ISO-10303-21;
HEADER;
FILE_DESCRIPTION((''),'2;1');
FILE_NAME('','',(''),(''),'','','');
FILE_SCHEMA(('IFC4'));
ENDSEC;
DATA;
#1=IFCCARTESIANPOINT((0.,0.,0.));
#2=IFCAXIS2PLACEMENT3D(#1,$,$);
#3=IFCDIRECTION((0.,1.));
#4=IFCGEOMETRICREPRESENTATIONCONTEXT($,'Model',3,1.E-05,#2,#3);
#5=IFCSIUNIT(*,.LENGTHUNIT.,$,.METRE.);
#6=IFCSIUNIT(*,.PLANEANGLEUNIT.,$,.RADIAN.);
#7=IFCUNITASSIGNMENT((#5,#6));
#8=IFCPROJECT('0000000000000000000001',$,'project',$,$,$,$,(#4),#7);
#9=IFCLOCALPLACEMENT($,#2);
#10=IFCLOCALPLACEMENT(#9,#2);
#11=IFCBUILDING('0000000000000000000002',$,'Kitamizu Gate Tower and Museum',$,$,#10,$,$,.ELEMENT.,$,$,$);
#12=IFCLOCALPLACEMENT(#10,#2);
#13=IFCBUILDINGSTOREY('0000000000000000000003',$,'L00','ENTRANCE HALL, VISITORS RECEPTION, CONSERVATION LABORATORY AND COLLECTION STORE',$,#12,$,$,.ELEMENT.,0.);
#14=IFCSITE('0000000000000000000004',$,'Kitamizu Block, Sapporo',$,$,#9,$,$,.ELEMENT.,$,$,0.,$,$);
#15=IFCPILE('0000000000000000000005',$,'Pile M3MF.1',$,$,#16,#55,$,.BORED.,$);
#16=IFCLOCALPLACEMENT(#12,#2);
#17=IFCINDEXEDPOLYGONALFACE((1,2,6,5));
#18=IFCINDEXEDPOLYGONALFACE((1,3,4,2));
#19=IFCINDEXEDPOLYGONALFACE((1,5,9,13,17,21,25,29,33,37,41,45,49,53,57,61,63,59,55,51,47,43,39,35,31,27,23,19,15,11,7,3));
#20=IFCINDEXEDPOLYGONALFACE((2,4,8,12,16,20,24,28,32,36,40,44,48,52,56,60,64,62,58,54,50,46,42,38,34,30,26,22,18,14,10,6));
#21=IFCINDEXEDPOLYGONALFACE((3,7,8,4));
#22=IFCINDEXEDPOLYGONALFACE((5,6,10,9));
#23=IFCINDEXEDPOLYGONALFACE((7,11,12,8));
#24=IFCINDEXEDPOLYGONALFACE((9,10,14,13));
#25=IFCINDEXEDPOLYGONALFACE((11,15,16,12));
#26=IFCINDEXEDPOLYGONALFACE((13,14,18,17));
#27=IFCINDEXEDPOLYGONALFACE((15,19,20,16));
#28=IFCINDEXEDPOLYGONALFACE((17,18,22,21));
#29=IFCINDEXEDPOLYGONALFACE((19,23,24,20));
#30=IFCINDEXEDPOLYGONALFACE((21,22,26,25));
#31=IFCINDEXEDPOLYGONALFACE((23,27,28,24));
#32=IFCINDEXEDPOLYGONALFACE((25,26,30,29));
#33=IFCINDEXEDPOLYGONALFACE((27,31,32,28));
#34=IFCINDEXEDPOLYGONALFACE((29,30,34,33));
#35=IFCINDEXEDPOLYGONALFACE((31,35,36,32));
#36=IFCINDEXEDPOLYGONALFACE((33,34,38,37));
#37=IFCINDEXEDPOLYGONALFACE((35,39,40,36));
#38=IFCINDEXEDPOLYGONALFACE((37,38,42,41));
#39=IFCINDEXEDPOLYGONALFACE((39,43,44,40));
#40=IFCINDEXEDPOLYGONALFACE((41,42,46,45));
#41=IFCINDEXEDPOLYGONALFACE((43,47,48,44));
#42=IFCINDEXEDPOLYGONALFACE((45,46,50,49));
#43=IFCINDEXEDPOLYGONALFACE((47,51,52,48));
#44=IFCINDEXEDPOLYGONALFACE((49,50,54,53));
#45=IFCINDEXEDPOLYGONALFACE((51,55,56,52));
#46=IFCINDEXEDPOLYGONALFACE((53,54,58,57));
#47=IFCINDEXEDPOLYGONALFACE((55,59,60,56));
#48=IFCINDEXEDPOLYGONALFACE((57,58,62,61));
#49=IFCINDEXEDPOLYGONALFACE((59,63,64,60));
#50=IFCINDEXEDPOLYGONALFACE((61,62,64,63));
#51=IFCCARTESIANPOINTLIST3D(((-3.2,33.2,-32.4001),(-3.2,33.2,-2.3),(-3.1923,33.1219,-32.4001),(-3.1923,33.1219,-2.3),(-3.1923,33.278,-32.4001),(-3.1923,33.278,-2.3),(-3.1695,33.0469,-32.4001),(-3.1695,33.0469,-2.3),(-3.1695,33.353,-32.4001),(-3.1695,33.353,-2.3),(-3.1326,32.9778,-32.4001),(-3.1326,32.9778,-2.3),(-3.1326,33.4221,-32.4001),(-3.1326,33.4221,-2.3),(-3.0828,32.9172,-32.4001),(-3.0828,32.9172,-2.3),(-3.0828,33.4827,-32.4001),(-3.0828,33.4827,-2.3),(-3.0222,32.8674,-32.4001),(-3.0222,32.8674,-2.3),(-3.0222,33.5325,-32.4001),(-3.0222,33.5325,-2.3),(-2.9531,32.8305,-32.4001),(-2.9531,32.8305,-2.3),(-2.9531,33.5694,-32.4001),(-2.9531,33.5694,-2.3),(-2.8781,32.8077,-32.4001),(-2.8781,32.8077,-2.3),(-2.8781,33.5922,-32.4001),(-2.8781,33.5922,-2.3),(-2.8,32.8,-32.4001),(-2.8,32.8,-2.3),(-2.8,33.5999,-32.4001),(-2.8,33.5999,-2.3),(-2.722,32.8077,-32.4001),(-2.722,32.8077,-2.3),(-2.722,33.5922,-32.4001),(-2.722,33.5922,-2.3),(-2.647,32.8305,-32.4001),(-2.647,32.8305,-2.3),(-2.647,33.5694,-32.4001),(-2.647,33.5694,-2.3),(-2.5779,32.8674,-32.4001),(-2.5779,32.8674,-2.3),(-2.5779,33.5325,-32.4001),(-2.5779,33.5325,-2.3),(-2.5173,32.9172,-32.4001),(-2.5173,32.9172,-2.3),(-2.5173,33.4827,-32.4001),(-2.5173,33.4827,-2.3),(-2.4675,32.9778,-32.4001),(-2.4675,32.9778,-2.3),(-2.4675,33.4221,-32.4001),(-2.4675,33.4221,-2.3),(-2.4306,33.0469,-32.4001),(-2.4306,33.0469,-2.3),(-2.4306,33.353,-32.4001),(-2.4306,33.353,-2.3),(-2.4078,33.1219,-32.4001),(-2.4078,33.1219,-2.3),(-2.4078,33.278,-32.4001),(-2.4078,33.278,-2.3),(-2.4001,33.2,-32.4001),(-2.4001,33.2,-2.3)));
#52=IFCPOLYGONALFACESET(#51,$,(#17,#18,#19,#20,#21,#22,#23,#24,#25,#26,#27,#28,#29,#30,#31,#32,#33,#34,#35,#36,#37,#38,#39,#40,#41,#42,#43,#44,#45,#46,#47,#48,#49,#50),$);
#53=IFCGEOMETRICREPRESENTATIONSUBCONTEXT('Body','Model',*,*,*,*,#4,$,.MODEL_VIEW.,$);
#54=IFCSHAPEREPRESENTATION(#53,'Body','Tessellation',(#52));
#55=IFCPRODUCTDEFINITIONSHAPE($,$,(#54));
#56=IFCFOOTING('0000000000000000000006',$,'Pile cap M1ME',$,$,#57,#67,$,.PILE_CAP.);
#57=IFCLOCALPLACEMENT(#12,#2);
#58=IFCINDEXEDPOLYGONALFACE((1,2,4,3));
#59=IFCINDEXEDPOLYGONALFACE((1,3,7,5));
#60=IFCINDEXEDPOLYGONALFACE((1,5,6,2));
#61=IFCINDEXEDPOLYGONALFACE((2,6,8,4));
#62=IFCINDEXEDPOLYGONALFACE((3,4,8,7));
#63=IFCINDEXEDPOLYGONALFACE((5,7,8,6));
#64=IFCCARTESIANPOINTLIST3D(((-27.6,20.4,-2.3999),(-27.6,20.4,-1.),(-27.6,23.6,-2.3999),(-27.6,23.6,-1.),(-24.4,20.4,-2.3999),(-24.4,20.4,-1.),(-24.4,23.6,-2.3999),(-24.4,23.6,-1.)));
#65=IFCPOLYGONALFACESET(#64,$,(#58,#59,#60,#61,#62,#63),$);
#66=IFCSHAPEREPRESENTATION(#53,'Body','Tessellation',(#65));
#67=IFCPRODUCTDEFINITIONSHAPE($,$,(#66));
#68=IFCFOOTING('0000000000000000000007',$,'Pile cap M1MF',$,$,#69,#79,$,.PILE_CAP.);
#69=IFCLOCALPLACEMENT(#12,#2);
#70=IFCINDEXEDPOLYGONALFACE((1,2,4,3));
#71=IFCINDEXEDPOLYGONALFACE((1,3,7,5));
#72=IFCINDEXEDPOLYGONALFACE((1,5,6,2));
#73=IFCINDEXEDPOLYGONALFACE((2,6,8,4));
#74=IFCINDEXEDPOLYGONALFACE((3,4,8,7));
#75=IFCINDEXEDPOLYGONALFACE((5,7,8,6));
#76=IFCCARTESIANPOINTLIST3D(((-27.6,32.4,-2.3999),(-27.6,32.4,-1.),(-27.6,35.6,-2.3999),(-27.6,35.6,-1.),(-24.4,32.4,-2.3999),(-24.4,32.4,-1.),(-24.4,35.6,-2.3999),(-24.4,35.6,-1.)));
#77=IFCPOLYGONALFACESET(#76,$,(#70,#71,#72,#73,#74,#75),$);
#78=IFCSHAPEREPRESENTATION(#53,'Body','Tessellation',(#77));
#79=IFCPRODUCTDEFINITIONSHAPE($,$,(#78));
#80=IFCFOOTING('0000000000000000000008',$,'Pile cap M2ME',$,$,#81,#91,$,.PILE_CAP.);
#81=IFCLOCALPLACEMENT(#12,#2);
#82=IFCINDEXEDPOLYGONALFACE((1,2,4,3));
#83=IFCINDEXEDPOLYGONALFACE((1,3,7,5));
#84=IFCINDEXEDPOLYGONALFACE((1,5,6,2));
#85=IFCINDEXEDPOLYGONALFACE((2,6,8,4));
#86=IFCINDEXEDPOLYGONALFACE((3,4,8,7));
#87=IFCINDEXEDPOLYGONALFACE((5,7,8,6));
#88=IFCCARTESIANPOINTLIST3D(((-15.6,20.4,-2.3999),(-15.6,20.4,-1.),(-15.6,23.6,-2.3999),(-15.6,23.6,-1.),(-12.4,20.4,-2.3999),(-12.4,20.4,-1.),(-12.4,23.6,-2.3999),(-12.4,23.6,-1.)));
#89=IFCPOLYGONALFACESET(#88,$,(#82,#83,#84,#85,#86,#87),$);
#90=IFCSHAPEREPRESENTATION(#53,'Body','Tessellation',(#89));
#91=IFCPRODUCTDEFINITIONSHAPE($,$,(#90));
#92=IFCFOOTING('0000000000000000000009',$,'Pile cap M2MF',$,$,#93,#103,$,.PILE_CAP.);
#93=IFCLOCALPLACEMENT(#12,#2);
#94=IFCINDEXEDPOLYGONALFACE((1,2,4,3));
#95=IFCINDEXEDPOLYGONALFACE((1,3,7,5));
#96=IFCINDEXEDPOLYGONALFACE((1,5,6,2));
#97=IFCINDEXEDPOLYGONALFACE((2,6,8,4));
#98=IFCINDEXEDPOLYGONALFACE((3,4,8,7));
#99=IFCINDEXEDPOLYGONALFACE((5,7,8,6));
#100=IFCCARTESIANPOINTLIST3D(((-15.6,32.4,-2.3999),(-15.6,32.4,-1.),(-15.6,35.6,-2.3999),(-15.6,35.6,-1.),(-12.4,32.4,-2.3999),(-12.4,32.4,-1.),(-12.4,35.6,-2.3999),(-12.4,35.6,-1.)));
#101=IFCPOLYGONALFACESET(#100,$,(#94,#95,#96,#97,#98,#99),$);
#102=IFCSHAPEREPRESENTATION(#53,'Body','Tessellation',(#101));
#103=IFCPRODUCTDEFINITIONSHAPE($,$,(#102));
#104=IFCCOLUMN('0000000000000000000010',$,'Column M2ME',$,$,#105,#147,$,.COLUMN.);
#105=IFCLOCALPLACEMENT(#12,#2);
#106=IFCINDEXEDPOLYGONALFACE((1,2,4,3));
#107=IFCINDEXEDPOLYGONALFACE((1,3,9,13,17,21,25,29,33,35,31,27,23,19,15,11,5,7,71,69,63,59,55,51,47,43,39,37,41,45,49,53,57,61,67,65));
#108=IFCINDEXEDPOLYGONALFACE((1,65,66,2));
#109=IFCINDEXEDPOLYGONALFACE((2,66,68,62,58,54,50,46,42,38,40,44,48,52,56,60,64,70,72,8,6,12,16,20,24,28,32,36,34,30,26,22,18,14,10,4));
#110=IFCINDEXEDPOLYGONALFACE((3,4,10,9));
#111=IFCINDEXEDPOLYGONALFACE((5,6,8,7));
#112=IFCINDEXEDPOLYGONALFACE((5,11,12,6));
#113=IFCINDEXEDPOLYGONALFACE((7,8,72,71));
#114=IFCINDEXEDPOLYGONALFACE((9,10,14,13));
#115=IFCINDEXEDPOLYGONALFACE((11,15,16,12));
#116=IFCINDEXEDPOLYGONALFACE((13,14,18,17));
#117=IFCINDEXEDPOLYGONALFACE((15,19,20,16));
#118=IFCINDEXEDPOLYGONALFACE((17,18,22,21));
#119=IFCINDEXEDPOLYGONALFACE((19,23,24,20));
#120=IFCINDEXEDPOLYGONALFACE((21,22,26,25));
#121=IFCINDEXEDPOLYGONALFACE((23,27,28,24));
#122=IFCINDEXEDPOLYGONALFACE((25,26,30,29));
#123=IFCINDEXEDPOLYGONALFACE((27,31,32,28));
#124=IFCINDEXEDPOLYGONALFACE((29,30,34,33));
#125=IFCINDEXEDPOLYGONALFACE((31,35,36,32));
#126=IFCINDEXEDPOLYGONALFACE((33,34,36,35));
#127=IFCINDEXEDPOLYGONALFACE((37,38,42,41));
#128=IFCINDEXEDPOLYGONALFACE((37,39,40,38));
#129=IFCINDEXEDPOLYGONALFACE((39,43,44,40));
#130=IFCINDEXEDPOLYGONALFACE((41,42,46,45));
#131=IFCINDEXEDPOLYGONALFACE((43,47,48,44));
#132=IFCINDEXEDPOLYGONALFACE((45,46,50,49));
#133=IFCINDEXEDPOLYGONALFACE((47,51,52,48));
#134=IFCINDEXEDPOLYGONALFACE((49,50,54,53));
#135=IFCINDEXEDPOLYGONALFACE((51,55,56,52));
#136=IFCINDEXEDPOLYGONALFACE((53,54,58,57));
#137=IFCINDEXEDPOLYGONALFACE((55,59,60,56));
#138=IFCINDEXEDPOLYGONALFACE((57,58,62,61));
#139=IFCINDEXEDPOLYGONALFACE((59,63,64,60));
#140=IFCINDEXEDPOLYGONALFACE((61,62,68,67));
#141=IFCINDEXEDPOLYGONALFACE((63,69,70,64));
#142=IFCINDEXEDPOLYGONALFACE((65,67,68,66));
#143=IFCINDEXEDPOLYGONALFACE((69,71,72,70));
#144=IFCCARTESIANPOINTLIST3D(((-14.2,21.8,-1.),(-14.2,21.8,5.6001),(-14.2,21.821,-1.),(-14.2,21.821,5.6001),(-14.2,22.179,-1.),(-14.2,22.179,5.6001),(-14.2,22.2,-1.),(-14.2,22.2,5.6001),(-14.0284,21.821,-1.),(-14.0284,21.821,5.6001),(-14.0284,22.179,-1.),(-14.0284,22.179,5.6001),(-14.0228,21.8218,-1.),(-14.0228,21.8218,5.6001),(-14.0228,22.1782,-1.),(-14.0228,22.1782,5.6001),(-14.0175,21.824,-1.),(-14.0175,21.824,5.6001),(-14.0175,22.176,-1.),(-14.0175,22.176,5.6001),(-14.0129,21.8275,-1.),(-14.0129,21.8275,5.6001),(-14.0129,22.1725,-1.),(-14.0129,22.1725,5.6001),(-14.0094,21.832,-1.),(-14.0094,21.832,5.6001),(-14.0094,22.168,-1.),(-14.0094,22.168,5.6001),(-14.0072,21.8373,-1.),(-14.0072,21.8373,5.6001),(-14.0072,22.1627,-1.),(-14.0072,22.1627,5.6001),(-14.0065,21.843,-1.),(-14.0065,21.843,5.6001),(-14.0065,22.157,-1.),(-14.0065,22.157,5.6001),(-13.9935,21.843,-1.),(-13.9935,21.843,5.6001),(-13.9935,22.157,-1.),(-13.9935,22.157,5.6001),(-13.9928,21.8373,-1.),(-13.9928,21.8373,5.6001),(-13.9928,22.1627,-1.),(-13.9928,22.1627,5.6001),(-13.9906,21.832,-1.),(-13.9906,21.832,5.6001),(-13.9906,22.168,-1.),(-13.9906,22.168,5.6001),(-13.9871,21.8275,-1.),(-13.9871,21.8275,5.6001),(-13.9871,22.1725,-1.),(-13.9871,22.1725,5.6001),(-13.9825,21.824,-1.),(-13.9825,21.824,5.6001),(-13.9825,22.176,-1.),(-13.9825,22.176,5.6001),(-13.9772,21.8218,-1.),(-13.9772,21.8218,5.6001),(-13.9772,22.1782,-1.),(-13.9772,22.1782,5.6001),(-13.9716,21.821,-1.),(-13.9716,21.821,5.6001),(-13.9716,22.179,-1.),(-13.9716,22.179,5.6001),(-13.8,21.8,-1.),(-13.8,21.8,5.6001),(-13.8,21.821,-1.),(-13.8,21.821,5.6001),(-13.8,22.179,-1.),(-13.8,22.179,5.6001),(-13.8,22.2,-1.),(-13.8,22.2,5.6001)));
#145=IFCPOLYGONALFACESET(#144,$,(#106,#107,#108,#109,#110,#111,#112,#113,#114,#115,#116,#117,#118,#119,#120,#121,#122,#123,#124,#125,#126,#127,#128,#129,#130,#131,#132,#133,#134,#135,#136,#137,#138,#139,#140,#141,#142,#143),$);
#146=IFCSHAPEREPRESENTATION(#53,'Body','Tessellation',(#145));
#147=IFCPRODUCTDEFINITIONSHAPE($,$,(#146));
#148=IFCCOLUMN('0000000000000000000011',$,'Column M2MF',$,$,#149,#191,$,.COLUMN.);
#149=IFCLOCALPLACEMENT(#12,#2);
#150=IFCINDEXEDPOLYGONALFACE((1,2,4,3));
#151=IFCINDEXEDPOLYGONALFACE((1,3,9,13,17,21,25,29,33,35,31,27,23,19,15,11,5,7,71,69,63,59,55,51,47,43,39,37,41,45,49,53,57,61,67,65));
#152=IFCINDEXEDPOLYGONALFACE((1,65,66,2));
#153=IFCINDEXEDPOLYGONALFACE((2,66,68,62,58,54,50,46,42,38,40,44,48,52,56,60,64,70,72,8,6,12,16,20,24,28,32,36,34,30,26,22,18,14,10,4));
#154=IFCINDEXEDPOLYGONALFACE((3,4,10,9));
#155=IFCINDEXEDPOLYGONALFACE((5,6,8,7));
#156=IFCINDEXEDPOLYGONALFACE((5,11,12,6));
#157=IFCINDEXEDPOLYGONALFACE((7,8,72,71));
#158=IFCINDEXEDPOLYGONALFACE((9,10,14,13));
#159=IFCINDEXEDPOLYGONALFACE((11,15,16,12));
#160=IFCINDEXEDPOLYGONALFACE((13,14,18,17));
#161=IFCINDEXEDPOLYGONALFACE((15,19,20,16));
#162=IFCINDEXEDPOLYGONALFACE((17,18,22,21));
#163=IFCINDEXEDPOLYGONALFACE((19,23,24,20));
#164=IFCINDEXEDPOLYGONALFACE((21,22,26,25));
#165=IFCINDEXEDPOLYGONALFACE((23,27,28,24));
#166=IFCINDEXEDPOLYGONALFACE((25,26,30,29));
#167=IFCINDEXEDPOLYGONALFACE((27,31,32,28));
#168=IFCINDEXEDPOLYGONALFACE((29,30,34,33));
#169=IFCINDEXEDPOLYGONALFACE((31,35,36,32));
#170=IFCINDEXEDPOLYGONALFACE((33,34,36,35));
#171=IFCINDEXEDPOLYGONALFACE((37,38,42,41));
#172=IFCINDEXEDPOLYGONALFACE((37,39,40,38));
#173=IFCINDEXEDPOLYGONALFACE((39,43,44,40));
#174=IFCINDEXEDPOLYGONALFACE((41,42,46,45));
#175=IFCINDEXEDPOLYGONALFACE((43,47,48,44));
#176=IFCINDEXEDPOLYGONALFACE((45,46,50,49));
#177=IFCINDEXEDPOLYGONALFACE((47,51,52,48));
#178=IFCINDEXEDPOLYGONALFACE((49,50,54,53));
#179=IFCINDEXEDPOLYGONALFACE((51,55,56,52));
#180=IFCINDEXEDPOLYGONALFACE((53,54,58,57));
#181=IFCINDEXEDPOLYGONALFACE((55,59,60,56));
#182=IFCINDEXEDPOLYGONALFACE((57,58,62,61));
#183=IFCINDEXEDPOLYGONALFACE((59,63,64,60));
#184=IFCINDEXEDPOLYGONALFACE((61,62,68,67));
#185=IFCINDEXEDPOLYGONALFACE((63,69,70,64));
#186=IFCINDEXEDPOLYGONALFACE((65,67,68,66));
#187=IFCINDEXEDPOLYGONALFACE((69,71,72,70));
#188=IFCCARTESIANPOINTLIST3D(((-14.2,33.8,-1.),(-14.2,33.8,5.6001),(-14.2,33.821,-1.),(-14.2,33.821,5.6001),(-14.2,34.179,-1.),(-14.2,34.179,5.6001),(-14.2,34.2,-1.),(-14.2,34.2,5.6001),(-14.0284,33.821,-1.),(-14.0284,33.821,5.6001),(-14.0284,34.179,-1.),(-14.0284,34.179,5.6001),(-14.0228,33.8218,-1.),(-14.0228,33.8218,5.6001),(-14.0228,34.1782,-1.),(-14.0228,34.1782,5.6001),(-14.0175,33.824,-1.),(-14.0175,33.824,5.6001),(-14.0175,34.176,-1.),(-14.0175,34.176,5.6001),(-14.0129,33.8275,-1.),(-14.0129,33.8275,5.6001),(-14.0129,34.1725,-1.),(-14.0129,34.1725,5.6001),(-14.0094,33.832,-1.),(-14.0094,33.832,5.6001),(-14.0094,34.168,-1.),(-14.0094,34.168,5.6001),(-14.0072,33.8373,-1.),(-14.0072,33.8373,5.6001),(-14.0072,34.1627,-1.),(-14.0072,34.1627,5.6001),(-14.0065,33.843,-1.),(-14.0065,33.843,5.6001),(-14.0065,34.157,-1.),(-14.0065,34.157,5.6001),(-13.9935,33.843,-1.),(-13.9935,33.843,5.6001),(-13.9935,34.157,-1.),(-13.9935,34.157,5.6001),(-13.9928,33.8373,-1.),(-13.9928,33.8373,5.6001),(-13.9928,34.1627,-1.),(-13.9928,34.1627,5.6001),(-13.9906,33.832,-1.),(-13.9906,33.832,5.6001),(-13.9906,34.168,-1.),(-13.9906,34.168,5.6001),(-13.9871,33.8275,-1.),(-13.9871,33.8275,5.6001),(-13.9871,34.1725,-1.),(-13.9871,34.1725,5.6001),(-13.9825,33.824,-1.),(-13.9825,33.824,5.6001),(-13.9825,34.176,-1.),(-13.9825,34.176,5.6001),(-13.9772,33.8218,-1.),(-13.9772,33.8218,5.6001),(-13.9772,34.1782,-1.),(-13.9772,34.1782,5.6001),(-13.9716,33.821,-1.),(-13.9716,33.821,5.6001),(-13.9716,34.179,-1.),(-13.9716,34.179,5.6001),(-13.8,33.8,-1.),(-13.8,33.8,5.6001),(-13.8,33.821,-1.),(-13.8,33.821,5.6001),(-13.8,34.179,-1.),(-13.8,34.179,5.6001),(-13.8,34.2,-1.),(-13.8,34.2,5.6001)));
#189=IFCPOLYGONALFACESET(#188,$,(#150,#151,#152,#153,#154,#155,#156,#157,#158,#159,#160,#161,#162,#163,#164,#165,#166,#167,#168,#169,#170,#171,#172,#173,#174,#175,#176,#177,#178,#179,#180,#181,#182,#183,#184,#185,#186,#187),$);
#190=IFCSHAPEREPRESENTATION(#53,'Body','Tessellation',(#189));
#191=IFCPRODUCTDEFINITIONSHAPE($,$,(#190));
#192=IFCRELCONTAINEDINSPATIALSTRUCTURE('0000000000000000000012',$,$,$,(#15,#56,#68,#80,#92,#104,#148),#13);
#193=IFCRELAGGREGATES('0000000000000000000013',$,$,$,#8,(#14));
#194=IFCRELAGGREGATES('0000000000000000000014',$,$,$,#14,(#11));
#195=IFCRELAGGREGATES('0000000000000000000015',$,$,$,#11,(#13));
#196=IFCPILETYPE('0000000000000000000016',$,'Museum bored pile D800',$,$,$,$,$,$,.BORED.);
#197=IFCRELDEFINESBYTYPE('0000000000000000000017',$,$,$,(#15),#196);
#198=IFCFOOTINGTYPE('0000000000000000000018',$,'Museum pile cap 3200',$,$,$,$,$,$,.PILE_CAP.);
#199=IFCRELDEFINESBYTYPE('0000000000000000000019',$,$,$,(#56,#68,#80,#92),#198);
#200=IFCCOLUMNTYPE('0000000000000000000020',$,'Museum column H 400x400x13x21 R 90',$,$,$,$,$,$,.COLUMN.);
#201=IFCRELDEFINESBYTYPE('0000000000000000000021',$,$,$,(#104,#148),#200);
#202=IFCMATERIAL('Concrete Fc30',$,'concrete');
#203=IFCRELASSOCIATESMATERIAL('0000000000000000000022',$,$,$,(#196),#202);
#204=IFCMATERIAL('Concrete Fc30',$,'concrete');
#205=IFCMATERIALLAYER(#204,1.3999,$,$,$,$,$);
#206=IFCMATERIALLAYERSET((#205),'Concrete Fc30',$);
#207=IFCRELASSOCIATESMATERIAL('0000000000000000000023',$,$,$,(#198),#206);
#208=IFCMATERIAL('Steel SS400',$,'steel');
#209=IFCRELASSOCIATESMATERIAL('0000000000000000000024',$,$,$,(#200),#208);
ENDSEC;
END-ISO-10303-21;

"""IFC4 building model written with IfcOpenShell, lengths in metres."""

from ifc_helpers import new_model, si_unit, direction, frame, origin, origin_2d, place, context, subcontext, project, spatial, rectangle, circle, i_section, extrude, material, layer, layer_set, material_profile, profile_set, type_object, element, save


model = new_model("IFC4")

# Units and contexts
model_context = context("Model", 3, precision=1e-05, world=origin(), true_north=direction((0.0, 1.0)))
body_context = subcontext(model_context, "Body", "Model", "MODEL_VIEW")
ifc_project = project(units=[si_unit("LENGTHUNIT", "METRE"), si_unit("PLANEANGLEUNIT", "RADIAN")], contexts=[model_context])

# Site, building, storey
site_placement = place(None, origin())
site = spatial("IfcSite", under=ifc_project, at=site_placement, Name="Kitamizu Block, Sapporo", CompositionType="ELEMENT", RefElevation=0.0)
building_placement = place(site_placement, origin())
building = spatial("IfcBuilding", under=site, at=building_placement, Name="Kitamizu Gate Tower and Museum", CompositionType="ELEMENT")
storey_placement = place(building_placement, origin())
storey = spatial("IfcBuildingStorey", under=building, at=storey_placement, Name="L00", Description="ENTRANCE HALL, VISITORS RECEPTION, CONSERVATION LABORATORY AND COLLECTION STORE", CompositionType="ELEMENT", Elevation=0.0)

# Pile
ifc_material_1 = material(Name="Concrete Fc30", Category="concrete")
ifc_material_profile_1 = material_profile(ifc_material_1, circle(Radius=0.3999, at=origin_2d()), Name="D800")
ifc_profile_set_1 = profile_set([ifc_material_profile_1], Name="Concrete Fc30")
pile_type = type_object("IfcPileType", Name="Museum bored pile D800", PredefinedType="BORED", material=ifc_profile_set_1)
for number, where, z_axis, x_axis, name in (
    (1, (-2.8, 33.2, -2.3), (0.0, 0.0, -1.0), (1.0, 0.0, 0.0), "Pile M3MF.1"),
):
    element("IfcPile", number, at=place(storey_placement, frame(where, z_axis=z_axis, x_axis=x_axis)), inside=storey, type_object=pile_type, Name=name, PredefinedType="BORED", context=body_context, shape_type="SweptSolid", body=[
        extrude(circle(Radius=0.3999, at=origin_2d()), origin(), (0.0, 0.0, 1.0), 30.1001),
    ])

# Footings
ifc_material_2 = material(Name="Concrete Fc30", Category="concrete")
ifc_layer_1 = layer(ifc_material_2, 1.3999)
ifc_layer_set_1 = layer_set([ifc_layer_1], Name="Concrete Fc30")
footing_type = type_object("IfcFootingType", Name="Museum pile cap 3200", PredefinedType="PILE_CAP", material=ifc_layer_set_1)
for number, where, z_axis, x_axis, name in (
    (2, (-26.0, 22.0, -2.3999), (0.0, 0.0, 1.0), (1.0, 0.0, 0.0), "Pile cap M1ME"),
    (3, (-26.0, 34.0, -2.3999), (0.0, 0.0, 1.0), (1.0, 0.0, 0.0), "Pile cap M1MF"),
    (4, (-14.0, 22.0, -2.3999), (0.0, 0.0, 1.0), (1.0, 0.0, 0.0), "Pile cap M2ME"),
    (5, (-14.0, 34.0, -2.3999), (0.0, 0.0, 1.0), (1.0, 0.0, 0.0), "Pile cap M2MF"),
):
    element("IfcFooting", number, at=place(storey_placement, frame(where, z_axis=z_axis, x_axis=x_axis)), inside=storey, type_object=footing_type, Name=name, PredefinedType="PILE_CAP", context=body_context, shape_type="SweptSolid", body=[
        extrude(rectangle(XDim=3.2, YDim=3.2, at=origin_2d()), origin(), (0.0, 0.0, 1.0), 1.3999),
    ])

# Columns
ifc_material_3 = material(Name="Steel SS400", Category="steel")
ifc_material_profile_2 = material_profile(ifc_material_3, i_section(OverallWidth=0.3999, OverallDepth=0.3999, WebThickness=0.0129, FlangeThickness=0.021, FilletRadius=0.022, at=origin_2d()), Name="H-400x400x13x21")
ifc_profile_set_2 = profile_set([ifc_material_profile_2], Name="Steel SS400")
column_type_1 = type_object("IfcColumnType", Name="Museum column H 400x400x13x21 R 90", PredefinedType="COLUMN", material=ifc_profile_set_2)
for number, where, z_axis, x_axis, name in (
    (6, (-14.0, 22.0, -1.0), (0.0, 0.0, 1.0), (1.0, 0.0, 0.0), "Column M2ME"),
    (7, (-14.0, 34.0, -1.0), (0.0, 0.0, 1.0), (1.0, 0.0, 0.0), "Column M2MF"),
):
    element("IfcColumn", number, at=place(storey_placement, frame(where, z_axis=z_axis, x_axis=x_axis)), inside=storey, type_object=column_type_1, Name=name, PredefinedType="COLUMN", context=body_context, shape_type="SweptSolid", body=[
        extrude(i_section(OverallWidth=0.3999, OverallDepth=0.3999, WebThickness=0.0129, FlangeThickness=0.021, FilletRadius=0.022, at=origin_2d()), origin(), (0.0, 0.0, 1.0), 6.6001),
    ])

save(model, "model.ifc")
